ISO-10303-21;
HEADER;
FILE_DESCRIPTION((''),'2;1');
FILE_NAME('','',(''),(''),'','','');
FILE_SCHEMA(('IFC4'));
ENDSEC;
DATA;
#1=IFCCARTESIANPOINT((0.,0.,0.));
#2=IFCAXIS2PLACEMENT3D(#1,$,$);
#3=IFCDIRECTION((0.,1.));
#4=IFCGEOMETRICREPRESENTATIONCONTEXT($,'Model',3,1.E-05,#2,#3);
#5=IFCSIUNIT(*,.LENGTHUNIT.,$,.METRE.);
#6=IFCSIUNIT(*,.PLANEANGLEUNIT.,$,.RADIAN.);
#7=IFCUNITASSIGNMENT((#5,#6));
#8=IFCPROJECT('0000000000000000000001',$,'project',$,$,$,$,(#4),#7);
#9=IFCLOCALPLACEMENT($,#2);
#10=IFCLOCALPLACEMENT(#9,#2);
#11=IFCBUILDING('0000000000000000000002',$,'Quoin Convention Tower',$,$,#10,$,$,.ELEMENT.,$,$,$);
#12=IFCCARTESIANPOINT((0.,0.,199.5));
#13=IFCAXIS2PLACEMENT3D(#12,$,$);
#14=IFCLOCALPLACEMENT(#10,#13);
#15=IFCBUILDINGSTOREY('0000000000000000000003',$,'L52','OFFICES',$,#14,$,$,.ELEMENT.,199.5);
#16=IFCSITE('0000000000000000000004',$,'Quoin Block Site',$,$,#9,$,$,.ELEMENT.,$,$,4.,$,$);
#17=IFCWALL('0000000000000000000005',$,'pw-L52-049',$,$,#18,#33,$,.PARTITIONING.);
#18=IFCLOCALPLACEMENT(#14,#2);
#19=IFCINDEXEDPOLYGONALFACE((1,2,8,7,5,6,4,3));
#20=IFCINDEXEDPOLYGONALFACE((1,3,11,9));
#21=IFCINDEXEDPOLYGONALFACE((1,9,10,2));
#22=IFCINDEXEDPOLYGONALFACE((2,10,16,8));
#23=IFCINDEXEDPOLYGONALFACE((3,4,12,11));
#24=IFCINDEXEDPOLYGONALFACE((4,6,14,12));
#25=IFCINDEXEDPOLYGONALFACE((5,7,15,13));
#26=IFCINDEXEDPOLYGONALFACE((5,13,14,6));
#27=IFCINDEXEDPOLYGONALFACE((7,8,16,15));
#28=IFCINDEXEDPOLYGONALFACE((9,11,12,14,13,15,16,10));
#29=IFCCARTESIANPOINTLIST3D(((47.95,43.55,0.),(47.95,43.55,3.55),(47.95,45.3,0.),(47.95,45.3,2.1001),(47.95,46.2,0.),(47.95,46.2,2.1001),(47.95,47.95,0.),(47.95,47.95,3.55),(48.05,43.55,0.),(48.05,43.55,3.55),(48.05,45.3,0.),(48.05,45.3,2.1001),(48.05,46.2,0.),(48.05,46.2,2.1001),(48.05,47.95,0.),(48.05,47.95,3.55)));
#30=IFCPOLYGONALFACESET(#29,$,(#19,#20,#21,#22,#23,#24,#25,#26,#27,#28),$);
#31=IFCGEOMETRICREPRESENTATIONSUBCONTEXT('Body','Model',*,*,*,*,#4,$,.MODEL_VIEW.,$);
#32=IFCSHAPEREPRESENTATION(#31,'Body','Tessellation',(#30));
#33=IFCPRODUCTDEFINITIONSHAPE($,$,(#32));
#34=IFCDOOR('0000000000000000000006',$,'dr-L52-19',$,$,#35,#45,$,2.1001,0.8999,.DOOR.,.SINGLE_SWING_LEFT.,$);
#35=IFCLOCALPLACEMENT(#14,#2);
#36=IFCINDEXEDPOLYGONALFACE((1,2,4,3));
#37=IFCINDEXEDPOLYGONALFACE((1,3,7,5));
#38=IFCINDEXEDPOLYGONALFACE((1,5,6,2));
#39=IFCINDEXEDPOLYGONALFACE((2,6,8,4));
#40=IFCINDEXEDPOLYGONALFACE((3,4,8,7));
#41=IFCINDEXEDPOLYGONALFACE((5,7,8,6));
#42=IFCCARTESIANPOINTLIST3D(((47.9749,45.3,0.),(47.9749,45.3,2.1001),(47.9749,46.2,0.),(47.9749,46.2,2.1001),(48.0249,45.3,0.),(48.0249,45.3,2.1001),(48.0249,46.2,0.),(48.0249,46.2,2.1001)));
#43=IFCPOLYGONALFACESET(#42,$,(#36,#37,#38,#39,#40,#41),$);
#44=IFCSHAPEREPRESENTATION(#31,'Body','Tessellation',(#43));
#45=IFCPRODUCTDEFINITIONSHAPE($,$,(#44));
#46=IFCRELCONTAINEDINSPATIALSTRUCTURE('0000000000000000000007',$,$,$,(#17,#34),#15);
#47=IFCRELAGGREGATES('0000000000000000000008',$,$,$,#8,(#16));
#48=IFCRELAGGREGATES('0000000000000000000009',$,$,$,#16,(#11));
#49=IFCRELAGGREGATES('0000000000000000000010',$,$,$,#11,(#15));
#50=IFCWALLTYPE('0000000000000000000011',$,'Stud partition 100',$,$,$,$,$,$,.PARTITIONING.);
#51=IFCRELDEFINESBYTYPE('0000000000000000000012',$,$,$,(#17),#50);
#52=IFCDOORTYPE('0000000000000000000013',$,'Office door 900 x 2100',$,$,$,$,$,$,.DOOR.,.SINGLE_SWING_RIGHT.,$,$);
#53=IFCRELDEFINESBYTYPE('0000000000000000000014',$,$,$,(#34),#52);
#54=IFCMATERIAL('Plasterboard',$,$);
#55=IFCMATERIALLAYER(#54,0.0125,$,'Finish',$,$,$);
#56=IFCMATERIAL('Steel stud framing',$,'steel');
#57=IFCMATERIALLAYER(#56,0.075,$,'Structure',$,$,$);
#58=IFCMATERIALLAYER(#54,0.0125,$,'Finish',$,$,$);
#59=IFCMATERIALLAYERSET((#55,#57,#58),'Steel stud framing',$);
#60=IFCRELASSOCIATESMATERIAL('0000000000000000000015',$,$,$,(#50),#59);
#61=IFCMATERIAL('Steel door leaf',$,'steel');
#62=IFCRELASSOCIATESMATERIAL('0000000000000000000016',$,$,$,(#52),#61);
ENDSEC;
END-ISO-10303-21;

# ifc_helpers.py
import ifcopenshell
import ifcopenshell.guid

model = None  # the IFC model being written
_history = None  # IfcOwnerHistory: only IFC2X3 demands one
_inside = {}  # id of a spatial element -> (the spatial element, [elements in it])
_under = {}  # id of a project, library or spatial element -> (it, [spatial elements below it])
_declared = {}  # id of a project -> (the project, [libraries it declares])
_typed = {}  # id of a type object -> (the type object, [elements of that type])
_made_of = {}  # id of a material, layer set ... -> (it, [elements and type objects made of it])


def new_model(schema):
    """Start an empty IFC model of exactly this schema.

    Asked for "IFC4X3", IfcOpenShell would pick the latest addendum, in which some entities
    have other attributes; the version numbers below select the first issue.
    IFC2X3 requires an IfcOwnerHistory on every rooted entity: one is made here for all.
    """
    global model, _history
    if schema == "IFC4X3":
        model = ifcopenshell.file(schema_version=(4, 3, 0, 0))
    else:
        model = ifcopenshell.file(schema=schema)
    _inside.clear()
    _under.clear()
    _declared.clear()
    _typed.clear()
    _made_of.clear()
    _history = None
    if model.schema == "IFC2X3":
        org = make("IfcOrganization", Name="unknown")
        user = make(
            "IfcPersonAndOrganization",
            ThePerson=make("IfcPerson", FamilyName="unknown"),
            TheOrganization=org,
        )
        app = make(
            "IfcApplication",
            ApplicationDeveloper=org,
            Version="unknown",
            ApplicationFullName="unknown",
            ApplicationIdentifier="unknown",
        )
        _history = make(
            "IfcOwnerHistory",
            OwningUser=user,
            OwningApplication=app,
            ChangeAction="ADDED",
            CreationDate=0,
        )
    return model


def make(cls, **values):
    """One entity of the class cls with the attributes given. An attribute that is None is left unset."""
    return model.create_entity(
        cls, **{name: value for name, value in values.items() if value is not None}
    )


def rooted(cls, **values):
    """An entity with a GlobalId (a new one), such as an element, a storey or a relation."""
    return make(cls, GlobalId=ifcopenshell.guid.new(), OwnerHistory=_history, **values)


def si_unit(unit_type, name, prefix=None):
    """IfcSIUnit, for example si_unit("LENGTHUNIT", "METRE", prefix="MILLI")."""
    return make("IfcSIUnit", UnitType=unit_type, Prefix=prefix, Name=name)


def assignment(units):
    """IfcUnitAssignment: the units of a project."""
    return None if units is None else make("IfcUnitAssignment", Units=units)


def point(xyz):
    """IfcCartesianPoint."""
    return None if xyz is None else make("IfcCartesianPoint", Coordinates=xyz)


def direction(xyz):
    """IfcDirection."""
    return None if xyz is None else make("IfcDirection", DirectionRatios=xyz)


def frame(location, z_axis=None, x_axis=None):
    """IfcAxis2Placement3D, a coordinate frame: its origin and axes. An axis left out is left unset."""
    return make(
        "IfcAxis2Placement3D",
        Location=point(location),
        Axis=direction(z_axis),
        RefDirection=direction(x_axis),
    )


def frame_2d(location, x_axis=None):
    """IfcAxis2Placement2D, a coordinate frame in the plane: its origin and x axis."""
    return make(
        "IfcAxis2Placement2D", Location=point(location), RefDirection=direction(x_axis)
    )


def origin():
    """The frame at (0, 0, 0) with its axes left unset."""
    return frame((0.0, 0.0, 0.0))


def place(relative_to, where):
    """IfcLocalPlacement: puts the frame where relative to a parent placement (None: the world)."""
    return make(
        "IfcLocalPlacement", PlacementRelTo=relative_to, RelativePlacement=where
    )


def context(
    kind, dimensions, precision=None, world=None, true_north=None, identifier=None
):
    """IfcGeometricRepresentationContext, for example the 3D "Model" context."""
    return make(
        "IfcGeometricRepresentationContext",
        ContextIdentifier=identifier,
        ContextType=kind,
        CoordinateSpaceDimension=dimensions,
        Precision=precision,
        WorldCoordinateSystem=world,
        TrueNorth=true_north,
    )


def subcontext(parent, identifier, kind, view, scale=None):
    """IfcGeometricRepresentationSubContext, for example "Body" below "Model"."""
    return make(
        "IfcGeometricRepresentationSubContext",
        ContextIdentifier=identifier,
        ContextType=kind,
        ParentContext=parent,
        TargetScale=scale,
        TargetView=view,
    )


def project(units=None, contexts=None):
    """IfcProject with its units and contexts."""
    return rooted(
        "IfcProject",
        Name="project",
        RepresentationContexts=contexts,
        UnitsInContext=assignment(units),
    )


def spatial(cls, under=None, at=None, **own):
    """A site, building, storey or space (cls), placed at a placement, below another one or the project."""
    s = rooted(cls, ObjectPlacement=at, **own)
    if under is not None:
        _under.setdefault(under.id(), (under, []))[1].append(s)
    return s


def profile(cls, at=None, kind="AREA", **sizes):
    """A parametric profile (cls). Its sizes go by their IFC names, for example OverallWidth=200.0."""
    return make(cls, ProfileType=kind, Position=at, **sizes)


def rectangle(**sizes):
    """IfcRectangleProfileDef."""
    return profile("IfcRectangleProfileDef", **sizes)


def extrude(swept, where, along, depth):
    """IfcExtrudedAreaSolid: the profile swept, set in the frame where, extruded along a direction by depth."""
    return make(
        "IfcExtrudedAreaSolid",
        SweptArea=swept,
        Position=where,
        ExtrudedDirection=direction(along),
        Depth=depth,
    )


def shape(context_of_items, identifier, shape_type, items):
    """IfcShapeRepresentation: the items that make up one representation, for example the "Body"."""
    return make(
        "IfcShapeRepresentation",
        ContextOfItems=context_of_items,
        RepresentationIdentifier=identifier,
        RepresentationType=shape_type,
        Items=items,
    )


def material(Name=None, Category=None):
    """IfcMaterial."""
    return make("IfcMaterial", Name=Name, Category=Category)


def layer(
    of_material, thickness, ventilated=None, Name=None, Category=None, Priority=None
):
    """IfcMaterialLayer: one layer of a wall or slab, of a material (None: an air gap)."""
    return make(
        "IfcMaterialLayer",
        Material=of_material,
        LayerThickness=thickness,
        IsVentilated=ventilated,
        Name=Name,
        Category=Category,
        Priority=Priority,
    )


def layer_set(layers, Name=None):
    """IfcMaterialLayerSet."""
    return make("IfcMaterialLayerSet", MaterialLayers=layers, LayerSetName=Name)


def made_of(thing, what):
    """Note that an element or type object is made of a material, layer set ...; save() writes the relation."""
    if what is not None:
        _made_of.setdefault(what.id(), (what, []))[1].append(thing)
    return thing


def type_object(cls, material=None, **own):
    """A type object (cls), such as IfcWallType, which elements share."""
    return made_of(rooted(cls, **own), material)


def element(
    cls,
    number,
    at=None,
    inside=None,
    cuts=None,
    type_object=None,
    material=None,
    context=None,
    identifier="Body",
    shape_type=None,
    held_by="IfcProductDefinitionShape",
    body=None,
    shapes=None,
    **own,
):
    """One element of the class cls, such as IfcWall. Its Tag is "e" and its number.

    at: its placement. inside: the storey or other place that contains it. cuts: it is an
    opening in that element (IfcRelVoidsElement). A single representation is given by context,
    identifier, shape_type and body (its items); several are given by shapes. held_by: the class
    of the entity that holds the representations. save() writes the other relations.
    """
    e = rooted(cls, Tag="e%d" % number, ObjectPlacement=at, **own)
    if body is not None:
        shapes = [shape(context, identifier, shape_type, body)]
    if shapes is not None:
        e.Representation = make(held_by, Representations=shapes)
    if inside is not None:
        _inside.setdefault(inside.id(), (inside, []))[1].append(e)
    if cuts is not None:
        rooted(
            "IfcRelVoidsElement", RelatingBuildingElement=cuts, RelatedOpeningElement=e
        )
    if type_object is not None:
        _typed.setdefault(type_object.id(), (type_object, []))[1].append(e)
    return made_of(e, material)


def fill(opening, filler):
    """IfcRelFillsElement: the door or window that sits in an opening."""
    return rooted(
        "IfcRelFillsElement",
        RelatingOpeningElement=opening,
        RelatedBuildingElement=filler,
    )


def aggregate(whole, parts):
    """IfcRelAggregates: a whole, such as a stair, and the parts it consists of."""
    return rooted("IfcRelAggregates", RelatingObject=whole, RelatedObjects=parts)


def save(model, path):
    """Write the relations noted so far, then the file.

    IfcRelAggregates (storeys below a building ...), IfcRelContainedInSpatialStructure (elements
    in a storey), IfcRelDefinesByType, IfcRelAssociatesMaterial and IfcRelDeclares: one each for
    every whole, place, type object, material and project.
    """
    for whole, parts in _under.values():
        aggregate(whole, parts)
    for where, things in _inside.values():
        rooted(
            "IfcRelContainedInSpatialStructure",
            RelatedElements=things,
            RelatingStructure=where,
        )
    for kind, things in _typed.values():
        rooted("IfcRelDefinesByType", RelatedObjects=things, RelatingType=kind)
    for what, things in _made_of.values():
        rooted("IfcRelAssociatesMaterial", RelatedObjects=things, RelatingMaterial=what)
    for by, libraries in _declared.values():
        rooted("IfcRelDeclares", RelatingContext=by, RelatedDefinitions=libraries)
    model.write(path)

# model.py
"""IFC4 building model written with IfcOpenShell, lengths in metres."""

from ifc_helpers import new_model, si_unit, direction, frame, frame_2d, origin, place, context, subcontext, project, spatial, rectangle, extrude, material, layer, layer_set, type_object, element, fill, save


model = new_model("IFC4")

# Units and contexts
model_context = context("Model", 3, precision=1e-05, world=origin(), true_north=direction((0.0, 1.0)))
body_context = subcontext(model_context, "Body", "Model", "MODEL_VIEW")
ifc_project = project(units=[si_unit("LENGTHUNIT", "METRE"), si_unit("PLANEANGLEUNIT", "RADIAN")], contexts=[model_context])

# Site, building, storey
site_placement = place(None, origin())
site = spatial("IfcSite", under=ifc_project, at=site_placement, Name="Quoin Block Site", CompositionType="ELEMENT", RefElevation=4.0)
building_placement = place(site_placement, origin())
building = spatial("IfcBuilding", under=site, at=building_placement, Name="Quoin Convention Tower", CompositionType="ELEMENT")
storey_placement = place(building_placement, frame((0.0, 0.0, 199.5)))
storey = spatial("IfcBuildingStorey", under=building, at=storey_placement, Name="L52", Description="OFFICES", CompositionType="ELEMENT", Elevation=199.5)

# Shared definitions
ifc_material_1 = material(Name="Plasterboard")
ifc_material_2 = material(Name="Steel stud framing", Category="steel")
ifc_material_3 = material(Name="Steel door leaf", Category="steel")

# Shared definitions
ifc_layer_1 = layer(ifc_material_1, 0.0125, Name="Finish")
ifc_layer_2 = layer(ifc_material_2, 0.075, Name="Structure")
ifc_layer_3 = layer(ifc_material_1, 0.0125, Name="Finish")
ifc_layer_set_1 = layer_set([ifc_layer_1, ifc_layer_2, ifc_layer_3], Name="Steel stud framing")
wall_type_1 = type_object("IfcWallType", Name="Stud partition 100", PredefinedType="PARTITIONING", material=ifc_layer_set_1)

# Wall, opening, door
wall_1_placement = place(storey_placement, frame((48.0, 43.55, 0.0), z_axis=(0.0, 0.0, 1.0), x_axis=(0.0, 1.0, 0.0)))
wall_1 = element("IfcWall", 1, at=wall_1_placement, inside=storey, type_object=wall_type_1, Name="pw-L52-049", PredefinedType="PARTITIONING", context=body_context, shape_type="SweptSolid", body=[
    extrude(rectangle(XDim=4.3999, YDim=0.1001, at=frame_2d((2.2, 0.0))), origin(), (0.0, 0.0, 1.0), 3.55),
])
opening_1_placement = place(wall_1_placement, frame((1.75, 0.0, 0.0)))
opening_1 = element("IfcOpeningElement", 2, at=opening_1_placement, cuts=wall_1, PredefinedType="OPENING", context=body_context, shape_type="SweptSolid", body=[
    extrude(rectangle(XDim=0.8999, YDim=2.1001, at=frame_2d((0.45, 1.05))), frame((0.0, 0.0601, 0.0), z_axis=(0.0, -1.0, 0.0), x_axis=(1.0, 0.0, 0.0)), (0.0, 0.0, 1.0), 0.1201),
])
door_type_1 = type_object("IfcDoorType", Name="Office door 900 x 2100", OperationType="SINGLE_SWING_RIGHT", PredefinedType="DOOR", material=ifc_material_3)
door_1_placement = place(opening_1_placement, frame((0.8999, 0.0, 0.0), z_axis=(0.0, 0.0, 1.0), x_axis=(-1.0, 0.0, 0.0)))
door_1 = element("IfcDoor", 3, at=door_1_placement, inside=storey, type_object=door_type_1, Name="dr-L52-19", OperationType="SINGLE_SWING_LEFT", OverallHeight=2.1001, OverallWidth=0.8999, PredefinedType="DOOR", context=body_context, shape_type="SweptSolid", body=[
    extrude(rectangle(XDim=0.8999, YDim=2.1001, at=frame_2d((0.45, 1.05))), frame((0.0, 0.0249, 0.0), z_axis=(0.0, -1.0, 0.0), x_axis=(1.0, 0.0, 0.0)), (0.0, 0.0, 1.0), 0.05),
])
fill(opening_1, door_1)

save(model, "model.ifc")
